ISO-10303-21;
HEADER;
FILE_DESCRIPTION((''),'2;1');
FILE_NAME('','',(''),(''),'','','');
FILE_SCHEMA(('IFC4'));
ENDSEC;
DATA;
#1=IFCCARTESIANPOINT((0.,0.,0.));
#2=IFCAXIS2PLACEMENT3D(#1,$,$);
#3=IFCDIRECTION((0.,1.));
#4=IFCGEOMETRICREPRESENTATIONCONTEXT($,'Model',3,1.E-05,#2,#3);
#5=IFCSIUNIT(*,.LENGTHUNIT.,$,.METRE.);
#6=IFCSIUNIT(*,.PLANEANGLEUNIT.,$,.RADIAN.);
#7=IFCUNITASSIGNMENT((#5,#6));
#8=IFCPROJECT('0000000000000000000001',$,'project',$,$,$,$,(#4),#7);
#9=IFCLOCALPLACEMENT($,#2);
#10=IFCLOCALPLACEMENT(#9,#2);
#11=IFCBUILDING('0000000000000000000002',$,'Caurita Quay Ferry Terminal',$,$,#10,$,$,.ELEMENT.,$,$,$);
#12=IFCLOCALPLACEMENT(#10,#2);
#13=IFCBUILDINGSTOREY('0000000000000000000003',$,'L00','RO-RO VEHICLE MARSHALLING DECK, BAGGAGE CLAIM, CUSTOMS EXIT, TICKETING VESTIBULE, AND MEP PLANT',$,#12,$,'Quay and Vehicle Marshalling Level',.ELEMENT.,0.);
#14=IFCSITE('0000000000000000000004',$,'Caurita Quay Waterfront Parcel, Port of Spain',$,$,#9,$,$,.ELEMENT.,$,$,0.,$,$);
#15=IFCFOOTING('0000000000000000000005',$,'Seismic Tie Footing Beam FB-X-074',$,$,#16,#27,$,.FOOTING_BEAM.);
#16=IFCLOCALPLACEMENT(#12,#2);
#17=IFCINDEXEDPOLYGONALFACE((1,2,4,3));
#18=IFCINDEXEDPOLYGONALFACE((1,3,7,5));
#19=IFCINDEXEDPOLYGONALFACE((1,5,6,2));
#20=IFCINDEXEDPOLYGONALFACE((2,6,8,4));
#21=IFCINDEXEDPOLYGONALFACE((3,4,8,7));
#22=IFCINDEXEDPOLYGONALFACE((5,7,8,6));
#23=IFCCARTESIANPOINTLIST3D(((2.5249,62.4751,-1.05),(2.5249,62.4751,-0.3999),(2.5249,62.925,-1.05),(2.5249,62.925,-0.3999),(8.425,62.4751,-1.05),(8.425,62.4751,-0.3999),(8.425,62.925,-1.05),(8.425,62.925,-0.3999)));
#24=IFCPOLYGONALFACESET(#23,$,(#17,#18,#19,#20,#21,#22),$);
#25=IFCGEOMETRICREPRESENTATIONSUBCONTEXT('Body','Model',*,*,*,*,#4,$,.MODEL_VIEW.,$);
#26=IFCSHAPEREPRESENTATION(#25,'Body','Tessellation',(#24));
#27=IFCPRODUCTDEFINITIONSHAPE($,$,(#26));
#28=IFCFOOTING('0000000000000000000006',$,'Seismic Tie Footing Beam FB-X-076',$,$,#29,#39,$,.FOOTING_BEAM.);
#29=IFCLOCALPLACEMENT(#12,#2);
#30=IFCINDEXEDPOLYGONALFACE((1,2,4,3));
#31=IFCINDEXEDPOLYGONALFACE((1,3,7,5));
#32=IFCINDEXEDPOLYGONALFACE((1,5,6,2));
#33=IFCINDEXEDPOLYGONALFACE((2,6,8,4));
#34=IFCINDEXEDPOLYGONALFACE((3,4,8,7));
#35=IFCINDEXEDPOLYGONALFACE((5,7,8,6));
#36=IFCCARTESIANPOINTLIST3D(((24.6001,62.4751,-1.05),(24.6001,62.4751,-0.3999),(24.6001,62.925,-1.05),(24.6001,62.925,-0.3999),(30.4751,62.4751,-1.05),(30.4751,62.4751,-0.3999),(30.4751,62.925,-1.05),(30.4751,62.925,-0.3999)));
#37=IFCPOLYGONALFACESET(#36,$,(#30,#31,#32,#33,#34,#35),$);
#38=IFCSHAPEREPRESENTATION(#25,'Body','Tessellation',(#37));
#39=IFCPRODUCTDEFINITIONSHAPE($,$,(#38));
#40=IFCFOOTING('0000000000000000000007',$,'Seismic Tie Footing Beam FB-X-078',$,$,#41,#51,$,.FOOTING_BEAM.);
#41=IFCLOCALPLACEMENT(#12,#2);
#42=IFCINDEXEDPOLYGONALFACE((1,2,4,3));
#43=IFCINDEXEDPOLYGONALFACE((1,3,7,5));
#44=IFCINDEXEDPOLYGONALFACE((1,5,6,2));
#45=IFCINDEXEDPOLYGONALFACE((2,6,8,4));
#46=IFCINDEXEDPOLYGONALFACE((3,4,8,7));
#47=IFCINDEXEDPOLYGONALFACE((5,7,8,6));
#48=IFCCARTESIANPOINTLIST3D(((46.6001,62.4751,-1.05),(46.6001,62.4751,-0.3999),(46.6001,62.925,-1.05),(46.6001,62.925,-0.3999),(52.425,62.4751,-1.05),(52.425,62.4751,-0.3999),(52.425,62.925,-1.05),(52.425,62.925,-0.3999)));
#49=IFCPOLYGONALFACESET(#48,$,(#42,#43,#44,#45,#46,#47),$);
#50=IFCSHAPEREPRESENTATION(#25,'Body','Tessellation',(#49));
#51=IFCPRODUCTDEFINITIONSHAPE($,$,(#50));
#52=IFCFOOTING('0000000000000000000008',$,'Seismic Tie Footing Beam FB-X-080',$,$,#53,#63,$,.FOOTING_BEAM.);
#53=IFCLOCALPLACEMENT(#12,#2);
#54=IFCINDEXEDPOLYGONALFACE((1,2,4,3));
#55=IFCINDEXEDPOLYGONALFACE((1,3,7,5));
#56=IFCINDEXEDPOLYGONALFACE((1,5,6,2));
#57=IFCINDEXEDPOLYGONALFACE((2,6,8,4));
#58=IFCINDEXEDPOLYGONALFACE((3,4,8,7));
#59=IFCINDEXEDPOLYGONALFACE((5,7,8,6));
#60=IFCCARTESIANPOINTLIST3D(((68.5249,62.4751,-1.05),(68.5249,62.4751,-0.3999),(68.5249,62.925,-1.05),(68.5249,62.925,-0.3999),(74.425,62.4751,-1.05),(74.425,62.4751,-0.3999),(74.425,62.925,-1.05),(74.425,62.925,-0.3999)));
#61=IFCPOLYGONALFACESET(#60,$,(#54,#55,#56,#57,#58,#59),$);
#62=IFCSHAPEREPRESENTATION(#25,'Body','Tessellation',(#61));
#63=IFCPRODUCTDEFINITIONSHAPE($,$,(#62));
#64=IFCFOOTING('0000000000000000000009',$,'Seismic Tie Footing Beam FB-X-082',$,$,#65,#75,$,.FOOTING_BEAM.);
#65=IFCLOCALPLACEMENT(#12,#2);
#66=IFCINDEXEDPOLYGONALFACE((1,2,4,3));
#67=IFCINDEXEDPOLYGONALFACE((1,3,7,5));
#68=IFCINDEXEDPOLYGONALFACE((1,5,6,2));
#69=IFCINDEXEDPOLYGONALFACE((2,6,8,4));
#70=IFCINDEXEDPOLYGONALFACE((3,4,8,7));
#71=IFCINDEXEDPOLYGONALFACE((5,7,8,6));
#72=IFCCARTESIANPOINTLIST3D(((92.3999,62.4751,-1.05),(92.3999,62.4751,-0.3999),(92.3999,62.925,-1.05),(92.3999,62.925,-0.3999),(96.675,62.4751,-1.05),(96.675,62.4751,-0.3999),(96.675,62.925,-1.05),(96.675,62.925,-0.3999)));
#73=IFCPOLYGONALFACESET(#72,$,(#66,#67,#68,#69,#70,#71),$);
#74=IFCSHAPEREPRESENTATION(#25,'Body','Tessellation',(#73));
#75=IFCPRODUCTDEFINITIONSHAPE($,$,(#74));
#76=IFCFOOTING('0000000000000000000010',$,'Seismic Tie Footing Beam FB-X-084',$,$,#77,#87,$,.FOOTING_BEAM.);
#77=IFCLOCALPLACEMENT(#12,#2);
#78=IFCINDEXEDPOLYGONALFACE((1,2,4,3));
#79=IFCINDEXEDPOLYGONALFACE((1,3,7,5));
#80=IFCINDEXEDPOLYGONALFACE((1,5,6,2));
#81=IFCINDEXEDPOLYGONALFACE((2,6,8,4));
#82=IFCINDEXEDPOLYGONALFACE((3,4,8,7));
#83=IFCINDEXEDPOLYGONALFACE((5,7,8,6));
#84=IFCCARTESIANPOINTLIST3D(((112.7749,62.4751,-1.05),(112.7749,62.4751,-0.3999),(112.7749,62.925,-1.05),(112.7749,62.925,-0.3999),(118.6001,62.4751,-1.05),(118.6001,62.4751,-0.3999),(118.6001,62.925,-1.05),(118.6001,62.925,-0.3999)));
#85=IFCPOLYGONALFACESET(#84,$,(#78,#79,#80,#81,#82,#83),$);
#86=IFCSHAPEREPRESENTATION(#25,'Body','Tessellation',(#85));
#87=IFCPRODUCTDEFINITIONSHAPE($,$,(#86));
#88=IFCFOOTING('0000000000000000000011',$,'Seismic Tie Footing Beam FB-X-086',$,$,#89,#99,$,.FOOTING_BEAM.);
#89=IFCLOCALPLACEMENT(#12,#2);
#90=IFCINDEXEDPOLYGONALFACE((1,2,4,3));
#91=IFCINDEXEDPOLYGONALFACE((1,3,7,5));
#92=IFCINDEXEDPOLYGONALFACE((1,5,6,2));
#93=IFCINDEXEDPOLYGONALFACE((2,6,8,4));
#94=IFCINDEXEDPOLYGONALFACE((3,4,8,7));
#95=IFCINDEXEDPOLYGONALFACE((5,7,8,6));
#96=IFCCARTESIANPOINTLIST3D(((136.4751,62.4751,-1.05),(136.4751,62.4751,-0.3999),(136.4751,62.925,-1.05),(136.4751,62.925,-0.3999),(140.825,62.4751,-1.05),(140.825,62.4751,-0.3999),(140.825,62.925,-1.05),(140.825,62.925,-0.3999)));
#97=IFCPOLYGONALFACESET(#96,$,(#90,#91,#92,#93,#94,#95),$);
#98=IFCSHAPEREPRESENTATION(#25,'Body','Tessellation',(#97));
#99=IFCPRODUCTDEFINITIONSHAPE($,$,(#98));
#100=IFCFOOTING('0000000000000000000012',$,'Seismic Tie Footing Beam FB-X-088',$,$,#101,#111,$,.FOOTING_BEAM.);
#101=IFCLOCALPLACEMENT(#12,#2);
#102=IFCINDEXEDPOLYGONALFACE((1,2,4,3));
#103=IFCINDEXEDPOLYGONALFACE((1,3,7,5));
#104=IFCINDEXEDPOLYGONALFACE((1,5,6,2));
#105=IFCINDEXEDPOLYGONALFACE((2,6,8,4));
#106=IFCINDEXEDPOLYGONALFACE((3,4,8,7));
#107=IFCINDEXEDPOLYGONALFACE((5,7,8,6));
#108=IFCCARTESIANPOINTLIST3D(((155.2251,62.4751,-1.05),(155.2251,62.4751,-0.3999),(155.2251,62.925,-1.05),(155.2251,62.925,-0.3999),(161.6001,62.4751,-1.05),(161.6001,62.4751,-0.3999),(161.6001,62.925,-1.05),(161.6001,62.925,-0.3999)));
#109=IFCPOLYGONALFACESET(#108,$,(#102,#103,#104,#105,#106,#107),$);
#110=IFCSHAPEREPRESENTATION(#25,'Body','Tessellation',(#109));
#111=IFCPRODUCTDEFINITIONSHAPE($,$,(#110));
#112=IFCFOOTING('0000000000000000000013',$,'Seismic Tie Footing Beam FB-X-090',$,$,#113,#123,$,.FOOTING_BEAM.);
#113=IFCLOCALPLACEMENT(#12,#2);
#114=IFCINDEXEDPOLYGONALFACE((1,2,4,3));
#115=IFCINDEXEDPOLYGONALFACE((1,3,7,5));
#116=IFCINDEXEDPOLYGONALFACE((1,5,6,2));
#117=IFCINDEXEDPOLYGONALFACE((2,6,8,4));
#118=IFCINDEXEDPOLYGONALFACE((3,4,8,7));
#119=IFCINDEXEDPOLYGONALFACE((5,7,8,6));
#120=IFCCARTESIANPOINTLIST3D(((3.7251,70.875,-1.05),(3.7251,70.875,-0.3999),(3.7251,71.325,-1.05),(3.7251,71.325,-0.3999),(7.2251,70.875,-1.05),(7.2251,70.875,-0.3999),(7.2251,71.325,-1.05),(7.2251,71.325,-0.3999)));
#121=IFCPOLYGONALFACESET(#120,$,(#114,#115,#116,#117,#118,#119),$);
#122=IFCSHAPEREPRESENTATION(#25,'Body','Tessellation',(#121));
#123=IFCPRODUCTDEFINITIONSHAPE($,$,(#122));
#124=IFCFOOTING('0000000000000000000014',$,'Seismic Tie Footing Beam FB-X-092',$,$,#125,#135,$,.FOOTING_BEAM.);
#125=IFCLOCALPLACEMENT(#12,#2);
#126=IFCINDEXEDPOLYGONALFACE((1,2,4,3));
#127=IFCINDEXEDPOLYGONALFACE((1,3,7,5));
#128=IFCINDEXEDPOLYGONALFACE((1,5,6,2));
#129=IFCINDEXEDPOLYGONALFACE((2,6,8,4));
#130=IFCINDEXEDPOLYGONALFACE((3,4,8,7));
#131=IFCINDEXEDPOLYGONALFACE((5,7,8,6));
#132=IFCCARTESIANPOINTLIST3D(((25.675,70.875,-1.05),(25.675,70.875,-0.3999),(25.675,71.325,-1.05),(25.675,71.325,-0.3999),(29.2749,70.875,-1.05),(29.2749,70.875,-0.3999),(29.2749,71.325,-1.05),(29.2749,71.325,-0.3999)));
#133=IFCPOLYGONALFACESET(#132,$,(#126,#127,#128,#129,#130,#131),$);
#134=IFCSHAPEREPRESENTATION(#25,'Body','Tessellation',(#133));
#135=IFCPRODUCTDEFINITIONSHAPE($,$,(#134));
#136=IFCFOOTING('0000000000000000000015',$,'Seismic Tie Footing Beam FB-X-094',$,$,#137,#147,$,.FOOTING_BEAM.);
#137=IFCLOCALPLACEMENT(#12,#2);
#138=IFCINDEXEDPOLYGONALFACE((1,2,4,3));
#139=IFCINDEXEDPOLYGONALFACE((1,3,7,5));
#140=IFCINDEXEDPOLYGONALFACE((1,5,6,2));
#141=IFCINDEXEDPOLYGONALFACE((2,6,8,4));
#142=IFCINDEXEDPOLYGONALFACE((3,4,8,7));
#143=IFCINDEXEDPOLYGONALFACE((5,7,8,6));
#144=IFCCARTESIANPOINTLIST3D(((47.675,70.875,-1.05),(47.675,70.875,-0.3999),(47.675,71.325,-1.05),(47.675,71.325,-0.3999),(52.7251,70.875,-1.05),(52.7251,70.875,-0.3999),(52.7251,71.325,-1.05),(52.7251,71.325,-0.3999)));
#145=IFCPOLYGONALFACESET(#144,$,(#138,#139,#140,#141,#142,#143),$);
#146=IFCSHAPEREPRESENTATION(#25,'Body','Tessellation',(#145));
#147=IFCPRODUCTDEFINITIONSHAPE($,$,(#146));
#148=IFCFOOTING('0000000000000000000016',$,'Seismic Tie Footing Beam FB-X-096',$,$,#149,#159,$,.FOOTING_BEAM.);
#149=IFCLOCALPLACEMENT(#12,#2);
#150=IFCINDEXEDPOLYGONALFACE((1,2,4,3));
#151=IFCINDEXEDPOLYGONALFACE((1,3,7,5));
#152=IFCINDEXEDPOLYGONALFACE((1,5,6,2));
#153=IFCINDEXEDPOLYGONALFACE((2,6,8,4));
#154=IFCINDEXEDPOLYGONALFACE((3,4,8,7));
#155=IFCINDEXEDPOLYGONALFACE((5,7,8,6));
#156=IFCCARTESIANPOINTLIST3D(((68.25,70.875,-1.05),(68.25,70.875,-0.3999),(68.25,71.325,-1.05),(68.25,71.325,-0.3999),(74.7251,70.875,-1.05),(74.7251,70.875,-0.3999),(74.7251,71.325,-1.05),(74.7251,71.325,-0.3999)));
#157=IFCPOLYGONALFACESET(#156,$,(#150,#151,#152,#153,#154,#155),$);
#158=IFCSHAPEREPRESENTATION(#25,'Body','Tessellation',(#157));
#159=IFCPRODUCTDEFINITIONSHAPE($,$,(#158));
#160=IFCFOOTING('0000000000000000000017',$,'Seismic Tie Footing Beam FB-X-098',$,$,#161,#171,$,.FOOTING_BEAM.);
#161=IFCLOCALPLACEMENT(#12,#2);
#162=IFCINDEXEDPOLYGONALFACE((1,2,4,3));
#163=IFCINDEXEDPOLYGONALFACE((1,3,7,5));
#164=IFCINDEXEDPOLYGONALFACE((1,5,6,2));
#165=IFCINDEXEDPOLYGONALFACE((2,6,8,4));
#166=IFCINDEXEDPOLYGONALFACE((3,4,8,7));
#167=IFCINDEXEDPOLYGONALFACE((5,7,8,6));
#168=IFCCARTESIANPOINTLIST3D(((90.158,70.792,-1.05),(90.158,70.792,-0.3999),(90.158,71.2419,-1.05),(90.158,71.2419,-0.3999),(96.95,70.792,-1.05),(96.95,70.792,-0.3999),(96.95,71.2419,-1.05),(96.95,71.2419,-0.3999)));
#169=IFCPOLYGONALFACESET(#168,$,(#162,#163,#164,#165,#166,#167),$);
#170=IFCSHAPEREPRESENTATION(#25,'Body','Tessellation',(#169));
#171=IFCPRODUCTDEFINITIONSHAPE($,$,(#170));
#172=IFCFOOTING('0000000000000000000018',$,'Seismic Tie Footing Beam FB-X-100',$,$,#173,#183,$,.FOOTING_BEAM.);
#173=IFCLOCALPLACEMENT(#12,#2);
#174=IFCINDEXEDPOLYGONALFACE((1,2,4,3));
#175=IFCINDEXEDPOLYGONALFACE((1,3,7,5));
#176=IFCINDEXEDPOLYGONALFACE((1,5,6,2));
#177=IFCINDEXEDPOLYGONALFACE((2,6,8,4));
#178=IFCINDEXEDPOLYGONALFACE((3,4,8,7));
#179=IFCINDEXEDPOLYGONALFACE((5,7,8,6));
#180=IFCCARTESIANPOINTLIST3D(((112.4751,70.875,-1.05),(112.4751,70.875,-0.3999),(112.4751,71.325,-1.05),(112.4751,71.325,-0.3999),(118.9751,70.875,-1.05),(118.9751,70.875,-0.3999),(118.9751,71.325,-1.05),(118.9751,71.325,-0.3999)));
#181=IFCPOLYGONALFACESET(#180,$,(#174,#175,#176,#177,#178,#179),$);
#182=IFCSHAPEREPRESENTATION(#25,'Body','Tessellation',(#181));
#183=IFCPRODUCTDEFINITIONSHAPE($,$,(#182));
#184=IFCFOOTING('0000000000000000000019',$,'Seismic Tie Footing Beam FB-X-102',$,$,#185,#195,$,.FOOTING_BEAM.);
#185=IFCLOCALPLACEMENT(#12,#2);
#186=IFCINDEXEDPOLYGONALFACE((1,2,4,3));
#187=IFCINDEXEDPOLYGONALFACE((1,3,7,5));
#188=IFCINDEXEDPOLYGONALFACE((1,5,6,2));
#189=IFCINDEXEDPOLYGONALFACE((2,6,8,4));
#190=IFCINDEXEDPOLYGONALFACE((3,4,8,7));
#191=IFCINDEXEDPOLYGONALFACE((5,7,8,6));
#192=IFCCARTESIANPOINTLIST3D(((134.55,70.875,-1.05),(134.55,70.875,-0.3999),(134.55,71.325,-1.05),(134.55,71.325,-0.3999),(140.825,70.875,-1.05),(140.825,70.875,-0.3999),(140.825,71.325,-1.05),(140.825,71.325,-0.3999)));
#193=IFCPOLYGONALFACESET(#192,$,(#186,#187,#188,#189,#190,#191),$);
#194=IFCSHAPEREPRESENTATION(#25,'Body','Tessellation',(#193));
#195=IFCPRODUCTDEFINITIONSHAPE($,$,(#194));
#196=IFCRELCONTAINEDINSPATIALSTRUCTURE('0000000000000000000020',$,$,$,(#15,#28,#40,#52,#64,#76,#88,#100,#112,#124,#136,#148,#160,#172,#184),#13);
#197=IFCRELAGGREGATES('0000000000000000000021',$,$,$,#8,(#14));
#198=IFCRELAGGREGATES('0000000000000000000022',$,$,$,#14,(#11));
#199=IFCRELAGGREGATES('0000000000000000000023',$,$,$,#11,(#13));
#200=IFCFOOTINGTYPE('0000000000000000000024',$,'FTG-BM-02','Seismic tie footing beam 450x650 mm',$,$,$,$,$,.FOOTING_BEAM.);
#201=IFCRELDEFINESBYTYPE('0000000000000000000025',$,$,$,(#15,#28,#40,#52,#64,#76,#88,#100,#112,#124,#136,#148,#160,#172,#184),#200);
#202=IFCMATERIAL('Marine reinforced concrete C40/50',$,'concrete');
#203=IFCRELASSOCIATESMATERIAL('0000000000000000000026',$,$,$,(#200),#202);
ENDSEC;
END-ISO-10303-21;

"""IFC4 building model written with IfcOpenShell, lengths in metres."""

from ifc_helpers import new_model, si_unit, direction, frame, origin, place, context, subcontext, project, spatial, polyline, outline, extrude, material, type_object, element, save


model = new_model("IFC4")

# Units and contexts
model_context = context("Model", 3, precision=1e-05, world=origin(), true_north=direction((0.0, 1.0)))
body_context = subcontext(model_context, "Body", "Model", "MODEL_VIEW")
ifc_project = project(units=[si_unit("LENGTHUNIT", "METRE"), si_unit("PLANEANGLEUNIT", "RADIAN")], contexts=[model_context])

# Site, building, storey
site_placement = place(None, origin())
site = spatial("IfcSite", under=ifc_project, at=site_placement, Name="Caurita Quay Waterfront Parcel, Port of Spain", CompositionType="ELEMENT", RefElevation=0.0)
building_placement = place(site_placement, origin())
building = spatial("IfcBuilding", under=site, at=building_placement, Name="Caurita Quay Ferry Terminal", CompositionType="ELEMENT")
storey_placement = place(building_placement, origin())
storey = spatial("IfcBuildingStorey", under=building, at=storey_placement, Name="L00", Description="RO-RO VEHICLE MARSHALLING DECK, BAGGAGE CLAIM, CUSTOMS EXIT, TICKETING VESTIBULE, AND MEP PLANT", LongName="Quay and Vehicle Marshalling Level", CompositionType="ELEMENT", Elevation=0.0)

# Footings
ifc_material = material(Name="Marine reinforced concrete C40/50", Category="concrete")
footing_type = type_object("IfcFootingType", Name="FTG-BM-02", Description="Seismic tie footing beam 450x650 mm", PredefinedType="FOOTING_BEAM", material=ifc_material)
footing_1_placement = place(storey_placement, frame((0.0, 0.0, -1.05)))
element("IfcFooting", 1, at=footing_1_placement, inside=storey, type_object=footing_type, Name="Seismic Tie Footing Beam FB-X-074", PredefinedType="FOOTING_BEAM", context=body_context, shape_type="SweptSolid", body=[
    extrude(outline(polyline([(2.5249, 62.4751), (8.425, 62.4751), (8.425, 62.925), (2.5249, 62.925), (2.5249, 62.4751)])), origin(), (0.0, 0.0, 1.0), 0.6501),
])
footing_2_placement = place(storey_placement, frame((0.0, 0.0, -1.05)))
element("IfcFooting", 2, at=footing_2_placement, inside=storey, type_object=footing_type, Name="Seismic Tie Footing Beam FB-X-076", PredefinedType="FOOTING_BEAM", context=body_context, shape_type="SweptSolid", body=[
    extrude(outline(polyline([(24.6001, 62.4751), (30.4751, 62.4751), (30.4751, 62.925), (24.6001, 62.925), (24.6001, 62.4751)])), origin(), (0.0, 0.0, 1.0), 0.6501),
])
footing_3_placement = place(storey_placement, frame((0.0, 0.0, -1.05)))
element("IfcFooting", 3, at=footing_3_placement, inside=storey, type_object=footing_type, Name="Seismic Tie Footing Beam FB-X-078", PredefinedType="FOOTING_BEAM", context=body_context, shape_type="SweptSolid", body=[
    extrude(outline(polyline([(46.6001, 62.4751), (52.425, 62.4751), (52.425, 62.925), (46.6001, 62.925), (46.6001, 62.4751)])), origin(), (0.0, 0.0, 1.0), 0.6501),
])
footing_4_placement = place(storey_placement, frame((0.0, 0.0, -1.05)))
element("IfcFooting", 4, at=footing_4_placement, inside=storey, type_object=footing_type, Name="Seismic Tie Footing Beam FB-X-080", PredefinedType="FOOTING_BEAM", context=body_context, shape_type="SweptSolid", body=[
    extrude(outline(polyline([(68.5249, 62.4751), (74.425, 62.4751), (74.425, 62.925), (68.5249, 62.925), (68.5249, 62.4751)])), origin(), (0.0, 0.0, 1.0), 0.6501),
])
footing_5_placement = place(storey_placement, frame((0.0, 0.0, -1.05)))
element("IfcFooting", 5, at=footing_5_placement, inside=storey, type_object=footing_type, Name="Seismic Tie Footing Beam FB-X-082", PredefinedType="FOOTING_BEAM", context=body_context, shape_type="SweptSolid", body=[
    extrude(outline(polyline([(92.3999, 62.4751), (96.675, 62.4751), (96.675, 62.925), (92.3999, 62.925), (92.3999, 62.4751)])), origin(), (0.0, 0.0, 1.0), 0.6501),
])
footing_6_placement = place(storey_placement, frame((0.0, 0.0, -1.05)))
element("IfcFooting", 6, at=footing_6_placement, inside=storey, type_object=footing_type, Name="Seismic Tie Footing Beam FB-X-084", PredefinedType="FOOTING_BEAM", context=body_context, shape_type="SweptSolid", body=[
    extrude(outline(polyline([(112.7749, 62.4751), (118.6001, 62.4751), (118.6001, 62.925), (112.7749, 62.925), (112.7749, 62.4751)])), origin(), (0.0, 0.0, 1.0), 0.6501),
])
footing_7_placement = place(storey_placement, frame((0.0, 0.0, -1.05)))
element("IfcFooting", 7, at=footing_7_placement, inside=storey, type_object=footing_type, Name="Seismic Tie Footing Beam FB-X-086", PredefinedType="FOOTING_BEAM", context=body_context, shape_type="SweptSolid", body=[
    extrude(outline(polyline([(136.4751, 62.4751), (140.825, 62.4751), (140.825, 62.925), (136.4751, 62.925), (136.4751, 62.4751)])), origin(), (0.0, 0.0, 1.0), 0.6501),
])
footing_8_placement = place(storey_placement, frame((0.0, 0.0, -1.05)))
element("IfcFooting", 8, at=footing_8_placement, inside=storey, type_object=footing_type, Name="Seismic Tie Footing Beam FB-X-088", PredefinedType="FOOTING_BEAM", context=body_context, shape_type="SweptSolid", body=[
    extrude(outline(polyline([(155.2251, 62.4751), (161.6001, 62.4751), (161.6001, 62.925), (155.2251, 62.925), (155.2251, 62.4751)])), origin(), (0.0, 0.0, 1.0), 0.6501),
])
footing_9_placement = place(storey_placement, frame((0.0, 0.0, -1.05)))
element("IfcFooting", 9, at=footing_9_placement, inside=storey, type_object=footing_type, Name="Seismic Tie Footing Beam FB-X-090", PredefinedType="FOOTING_BEAM", context=body_context, shape_type="SweptSolid", body=[
    extrude(outline(polyline([(3.7251, 70.875), (7.2251, 70.875), (7.2251, 71.325), (3.7251, 71.325), (3.7251, 70.875)])), origin(), (0.0, 0.0, 1.0), 0.6501),
])
footing_10_placement = place(storey_placement, frame((0.0, 0.0, -1.05)))
element("IfcFooting", 10, at=footing_10_placement, inside=storey, type_object=footing_type, Name="Seismic Tie Footing Beam FB-X-092", PredefinedType="FOOTING_BEAM", context=body_context, shape_type="SweptSolid", body=[
    extrude(outline(polyline([(25.675, 70.875), (29.2749, 70.875), (29.2749, 71.325), (25.675, 71.325), (25.675, 70.875)])), origin(), (0.0, 0.0, 1.0), 0.6501),
])
footing_11_placement = place(storey_placement, frame((0.0, 0.0, -1.05)))
element("IfcFooting", 11, at=footing_11_placement, inside=storey, type_object=footing_type, Name="Seismic Tie Footing Beam FB-X-094", PredefinedType="FOOTING_BEAM", context=body_context, shape_type="SweptSolid", body=[
    extrude(outline(polyline([(47.675, 70.875), (52.7251, 70.875), (52.7251, 71.325), (47.675, 71.325), (47.675, 70.875)])), origin(), (0.0, 0.0, 1.0), 0.6501),
])
footing_12_placement = place(storey_placement, frame((0.0, 0.0, -1.05)))
element("IfcFooting", 12, at=footing_12_placement, inside=storey, type_object=footing_type, Name="Seismic Tie Footing Beam FB-X-096", PredefinedType="FOOTING_BEAM", context=body_context, shape_type="SweptSolid", body=[
    extrude(outline(polyline([(68.25, 70.875), (74.7251, 70.875), (74.7251, 71.325), (68.25, 71.325), (68.25, 70.875)])), origin(), (0.0, 0.0, 1.0), 0.6501),
])
footing_13_placement = place(storey_placement, frame((0.0, 0.0, -1.05)))
element("IfcFooting", 13, at=footing_13_placement, inside=storey, type_object=footing_type, Name="Seismic Tie Footing Beam FB-X-098", PredefinedType="FOOTING_BEAM", context=body_context, shape_type="SweptSolid", body=[
    extrude(outline(polyline([(90.158, 70.792), (96.95, 70.792), (96.95, 71.2419), (90.158, 71.2419), (90.158, 70.792)])), origin(), (0.0, 0.0, 1.0), 0.6501),
])
footing_14_placement = place(storey_placement, frame((0.0, 0.0, -1.05)))
element("IfcFooting", 14, at=footing_14_placement, inside=storey, type_object=footing_type, Name="Seismic Tie Footing Beam FB-X-100", PredefinedType="FOOTING_BEAM", context=body_context, shape_type="SweptSolid", body=[
    extrude(outline(polyline([(112.4751, 70.875), (118.9751, 70.875), (118.9751, 71.325), (112.4751, 71.325), (112.4751, 70.875)])), origin(), (0.0, 0.0, 1.0), 0.6501),
])
footing_15_placement = place(storey_placement, frame((0.0, 0.0, -1.05)))
element("IfcFooting", 15, at=footing_15_placement, inside=storey, type_object=footing_type, Name="Seismic Tie Footing Beam FB-X-102", PredefinedType="FOOTING_BEAM", context=body_context, shape_type="SweptSolid", body=[
    extrude(outline(polyline([(134.55, 70.875), (140.825, 70.875), (140.825, 71.325), (134.55, 71.325), (134.55, 70.875)])), origin(), (0.0, 0.0, 1.0), 0.6501),
])

save(model, "model.ifc")
